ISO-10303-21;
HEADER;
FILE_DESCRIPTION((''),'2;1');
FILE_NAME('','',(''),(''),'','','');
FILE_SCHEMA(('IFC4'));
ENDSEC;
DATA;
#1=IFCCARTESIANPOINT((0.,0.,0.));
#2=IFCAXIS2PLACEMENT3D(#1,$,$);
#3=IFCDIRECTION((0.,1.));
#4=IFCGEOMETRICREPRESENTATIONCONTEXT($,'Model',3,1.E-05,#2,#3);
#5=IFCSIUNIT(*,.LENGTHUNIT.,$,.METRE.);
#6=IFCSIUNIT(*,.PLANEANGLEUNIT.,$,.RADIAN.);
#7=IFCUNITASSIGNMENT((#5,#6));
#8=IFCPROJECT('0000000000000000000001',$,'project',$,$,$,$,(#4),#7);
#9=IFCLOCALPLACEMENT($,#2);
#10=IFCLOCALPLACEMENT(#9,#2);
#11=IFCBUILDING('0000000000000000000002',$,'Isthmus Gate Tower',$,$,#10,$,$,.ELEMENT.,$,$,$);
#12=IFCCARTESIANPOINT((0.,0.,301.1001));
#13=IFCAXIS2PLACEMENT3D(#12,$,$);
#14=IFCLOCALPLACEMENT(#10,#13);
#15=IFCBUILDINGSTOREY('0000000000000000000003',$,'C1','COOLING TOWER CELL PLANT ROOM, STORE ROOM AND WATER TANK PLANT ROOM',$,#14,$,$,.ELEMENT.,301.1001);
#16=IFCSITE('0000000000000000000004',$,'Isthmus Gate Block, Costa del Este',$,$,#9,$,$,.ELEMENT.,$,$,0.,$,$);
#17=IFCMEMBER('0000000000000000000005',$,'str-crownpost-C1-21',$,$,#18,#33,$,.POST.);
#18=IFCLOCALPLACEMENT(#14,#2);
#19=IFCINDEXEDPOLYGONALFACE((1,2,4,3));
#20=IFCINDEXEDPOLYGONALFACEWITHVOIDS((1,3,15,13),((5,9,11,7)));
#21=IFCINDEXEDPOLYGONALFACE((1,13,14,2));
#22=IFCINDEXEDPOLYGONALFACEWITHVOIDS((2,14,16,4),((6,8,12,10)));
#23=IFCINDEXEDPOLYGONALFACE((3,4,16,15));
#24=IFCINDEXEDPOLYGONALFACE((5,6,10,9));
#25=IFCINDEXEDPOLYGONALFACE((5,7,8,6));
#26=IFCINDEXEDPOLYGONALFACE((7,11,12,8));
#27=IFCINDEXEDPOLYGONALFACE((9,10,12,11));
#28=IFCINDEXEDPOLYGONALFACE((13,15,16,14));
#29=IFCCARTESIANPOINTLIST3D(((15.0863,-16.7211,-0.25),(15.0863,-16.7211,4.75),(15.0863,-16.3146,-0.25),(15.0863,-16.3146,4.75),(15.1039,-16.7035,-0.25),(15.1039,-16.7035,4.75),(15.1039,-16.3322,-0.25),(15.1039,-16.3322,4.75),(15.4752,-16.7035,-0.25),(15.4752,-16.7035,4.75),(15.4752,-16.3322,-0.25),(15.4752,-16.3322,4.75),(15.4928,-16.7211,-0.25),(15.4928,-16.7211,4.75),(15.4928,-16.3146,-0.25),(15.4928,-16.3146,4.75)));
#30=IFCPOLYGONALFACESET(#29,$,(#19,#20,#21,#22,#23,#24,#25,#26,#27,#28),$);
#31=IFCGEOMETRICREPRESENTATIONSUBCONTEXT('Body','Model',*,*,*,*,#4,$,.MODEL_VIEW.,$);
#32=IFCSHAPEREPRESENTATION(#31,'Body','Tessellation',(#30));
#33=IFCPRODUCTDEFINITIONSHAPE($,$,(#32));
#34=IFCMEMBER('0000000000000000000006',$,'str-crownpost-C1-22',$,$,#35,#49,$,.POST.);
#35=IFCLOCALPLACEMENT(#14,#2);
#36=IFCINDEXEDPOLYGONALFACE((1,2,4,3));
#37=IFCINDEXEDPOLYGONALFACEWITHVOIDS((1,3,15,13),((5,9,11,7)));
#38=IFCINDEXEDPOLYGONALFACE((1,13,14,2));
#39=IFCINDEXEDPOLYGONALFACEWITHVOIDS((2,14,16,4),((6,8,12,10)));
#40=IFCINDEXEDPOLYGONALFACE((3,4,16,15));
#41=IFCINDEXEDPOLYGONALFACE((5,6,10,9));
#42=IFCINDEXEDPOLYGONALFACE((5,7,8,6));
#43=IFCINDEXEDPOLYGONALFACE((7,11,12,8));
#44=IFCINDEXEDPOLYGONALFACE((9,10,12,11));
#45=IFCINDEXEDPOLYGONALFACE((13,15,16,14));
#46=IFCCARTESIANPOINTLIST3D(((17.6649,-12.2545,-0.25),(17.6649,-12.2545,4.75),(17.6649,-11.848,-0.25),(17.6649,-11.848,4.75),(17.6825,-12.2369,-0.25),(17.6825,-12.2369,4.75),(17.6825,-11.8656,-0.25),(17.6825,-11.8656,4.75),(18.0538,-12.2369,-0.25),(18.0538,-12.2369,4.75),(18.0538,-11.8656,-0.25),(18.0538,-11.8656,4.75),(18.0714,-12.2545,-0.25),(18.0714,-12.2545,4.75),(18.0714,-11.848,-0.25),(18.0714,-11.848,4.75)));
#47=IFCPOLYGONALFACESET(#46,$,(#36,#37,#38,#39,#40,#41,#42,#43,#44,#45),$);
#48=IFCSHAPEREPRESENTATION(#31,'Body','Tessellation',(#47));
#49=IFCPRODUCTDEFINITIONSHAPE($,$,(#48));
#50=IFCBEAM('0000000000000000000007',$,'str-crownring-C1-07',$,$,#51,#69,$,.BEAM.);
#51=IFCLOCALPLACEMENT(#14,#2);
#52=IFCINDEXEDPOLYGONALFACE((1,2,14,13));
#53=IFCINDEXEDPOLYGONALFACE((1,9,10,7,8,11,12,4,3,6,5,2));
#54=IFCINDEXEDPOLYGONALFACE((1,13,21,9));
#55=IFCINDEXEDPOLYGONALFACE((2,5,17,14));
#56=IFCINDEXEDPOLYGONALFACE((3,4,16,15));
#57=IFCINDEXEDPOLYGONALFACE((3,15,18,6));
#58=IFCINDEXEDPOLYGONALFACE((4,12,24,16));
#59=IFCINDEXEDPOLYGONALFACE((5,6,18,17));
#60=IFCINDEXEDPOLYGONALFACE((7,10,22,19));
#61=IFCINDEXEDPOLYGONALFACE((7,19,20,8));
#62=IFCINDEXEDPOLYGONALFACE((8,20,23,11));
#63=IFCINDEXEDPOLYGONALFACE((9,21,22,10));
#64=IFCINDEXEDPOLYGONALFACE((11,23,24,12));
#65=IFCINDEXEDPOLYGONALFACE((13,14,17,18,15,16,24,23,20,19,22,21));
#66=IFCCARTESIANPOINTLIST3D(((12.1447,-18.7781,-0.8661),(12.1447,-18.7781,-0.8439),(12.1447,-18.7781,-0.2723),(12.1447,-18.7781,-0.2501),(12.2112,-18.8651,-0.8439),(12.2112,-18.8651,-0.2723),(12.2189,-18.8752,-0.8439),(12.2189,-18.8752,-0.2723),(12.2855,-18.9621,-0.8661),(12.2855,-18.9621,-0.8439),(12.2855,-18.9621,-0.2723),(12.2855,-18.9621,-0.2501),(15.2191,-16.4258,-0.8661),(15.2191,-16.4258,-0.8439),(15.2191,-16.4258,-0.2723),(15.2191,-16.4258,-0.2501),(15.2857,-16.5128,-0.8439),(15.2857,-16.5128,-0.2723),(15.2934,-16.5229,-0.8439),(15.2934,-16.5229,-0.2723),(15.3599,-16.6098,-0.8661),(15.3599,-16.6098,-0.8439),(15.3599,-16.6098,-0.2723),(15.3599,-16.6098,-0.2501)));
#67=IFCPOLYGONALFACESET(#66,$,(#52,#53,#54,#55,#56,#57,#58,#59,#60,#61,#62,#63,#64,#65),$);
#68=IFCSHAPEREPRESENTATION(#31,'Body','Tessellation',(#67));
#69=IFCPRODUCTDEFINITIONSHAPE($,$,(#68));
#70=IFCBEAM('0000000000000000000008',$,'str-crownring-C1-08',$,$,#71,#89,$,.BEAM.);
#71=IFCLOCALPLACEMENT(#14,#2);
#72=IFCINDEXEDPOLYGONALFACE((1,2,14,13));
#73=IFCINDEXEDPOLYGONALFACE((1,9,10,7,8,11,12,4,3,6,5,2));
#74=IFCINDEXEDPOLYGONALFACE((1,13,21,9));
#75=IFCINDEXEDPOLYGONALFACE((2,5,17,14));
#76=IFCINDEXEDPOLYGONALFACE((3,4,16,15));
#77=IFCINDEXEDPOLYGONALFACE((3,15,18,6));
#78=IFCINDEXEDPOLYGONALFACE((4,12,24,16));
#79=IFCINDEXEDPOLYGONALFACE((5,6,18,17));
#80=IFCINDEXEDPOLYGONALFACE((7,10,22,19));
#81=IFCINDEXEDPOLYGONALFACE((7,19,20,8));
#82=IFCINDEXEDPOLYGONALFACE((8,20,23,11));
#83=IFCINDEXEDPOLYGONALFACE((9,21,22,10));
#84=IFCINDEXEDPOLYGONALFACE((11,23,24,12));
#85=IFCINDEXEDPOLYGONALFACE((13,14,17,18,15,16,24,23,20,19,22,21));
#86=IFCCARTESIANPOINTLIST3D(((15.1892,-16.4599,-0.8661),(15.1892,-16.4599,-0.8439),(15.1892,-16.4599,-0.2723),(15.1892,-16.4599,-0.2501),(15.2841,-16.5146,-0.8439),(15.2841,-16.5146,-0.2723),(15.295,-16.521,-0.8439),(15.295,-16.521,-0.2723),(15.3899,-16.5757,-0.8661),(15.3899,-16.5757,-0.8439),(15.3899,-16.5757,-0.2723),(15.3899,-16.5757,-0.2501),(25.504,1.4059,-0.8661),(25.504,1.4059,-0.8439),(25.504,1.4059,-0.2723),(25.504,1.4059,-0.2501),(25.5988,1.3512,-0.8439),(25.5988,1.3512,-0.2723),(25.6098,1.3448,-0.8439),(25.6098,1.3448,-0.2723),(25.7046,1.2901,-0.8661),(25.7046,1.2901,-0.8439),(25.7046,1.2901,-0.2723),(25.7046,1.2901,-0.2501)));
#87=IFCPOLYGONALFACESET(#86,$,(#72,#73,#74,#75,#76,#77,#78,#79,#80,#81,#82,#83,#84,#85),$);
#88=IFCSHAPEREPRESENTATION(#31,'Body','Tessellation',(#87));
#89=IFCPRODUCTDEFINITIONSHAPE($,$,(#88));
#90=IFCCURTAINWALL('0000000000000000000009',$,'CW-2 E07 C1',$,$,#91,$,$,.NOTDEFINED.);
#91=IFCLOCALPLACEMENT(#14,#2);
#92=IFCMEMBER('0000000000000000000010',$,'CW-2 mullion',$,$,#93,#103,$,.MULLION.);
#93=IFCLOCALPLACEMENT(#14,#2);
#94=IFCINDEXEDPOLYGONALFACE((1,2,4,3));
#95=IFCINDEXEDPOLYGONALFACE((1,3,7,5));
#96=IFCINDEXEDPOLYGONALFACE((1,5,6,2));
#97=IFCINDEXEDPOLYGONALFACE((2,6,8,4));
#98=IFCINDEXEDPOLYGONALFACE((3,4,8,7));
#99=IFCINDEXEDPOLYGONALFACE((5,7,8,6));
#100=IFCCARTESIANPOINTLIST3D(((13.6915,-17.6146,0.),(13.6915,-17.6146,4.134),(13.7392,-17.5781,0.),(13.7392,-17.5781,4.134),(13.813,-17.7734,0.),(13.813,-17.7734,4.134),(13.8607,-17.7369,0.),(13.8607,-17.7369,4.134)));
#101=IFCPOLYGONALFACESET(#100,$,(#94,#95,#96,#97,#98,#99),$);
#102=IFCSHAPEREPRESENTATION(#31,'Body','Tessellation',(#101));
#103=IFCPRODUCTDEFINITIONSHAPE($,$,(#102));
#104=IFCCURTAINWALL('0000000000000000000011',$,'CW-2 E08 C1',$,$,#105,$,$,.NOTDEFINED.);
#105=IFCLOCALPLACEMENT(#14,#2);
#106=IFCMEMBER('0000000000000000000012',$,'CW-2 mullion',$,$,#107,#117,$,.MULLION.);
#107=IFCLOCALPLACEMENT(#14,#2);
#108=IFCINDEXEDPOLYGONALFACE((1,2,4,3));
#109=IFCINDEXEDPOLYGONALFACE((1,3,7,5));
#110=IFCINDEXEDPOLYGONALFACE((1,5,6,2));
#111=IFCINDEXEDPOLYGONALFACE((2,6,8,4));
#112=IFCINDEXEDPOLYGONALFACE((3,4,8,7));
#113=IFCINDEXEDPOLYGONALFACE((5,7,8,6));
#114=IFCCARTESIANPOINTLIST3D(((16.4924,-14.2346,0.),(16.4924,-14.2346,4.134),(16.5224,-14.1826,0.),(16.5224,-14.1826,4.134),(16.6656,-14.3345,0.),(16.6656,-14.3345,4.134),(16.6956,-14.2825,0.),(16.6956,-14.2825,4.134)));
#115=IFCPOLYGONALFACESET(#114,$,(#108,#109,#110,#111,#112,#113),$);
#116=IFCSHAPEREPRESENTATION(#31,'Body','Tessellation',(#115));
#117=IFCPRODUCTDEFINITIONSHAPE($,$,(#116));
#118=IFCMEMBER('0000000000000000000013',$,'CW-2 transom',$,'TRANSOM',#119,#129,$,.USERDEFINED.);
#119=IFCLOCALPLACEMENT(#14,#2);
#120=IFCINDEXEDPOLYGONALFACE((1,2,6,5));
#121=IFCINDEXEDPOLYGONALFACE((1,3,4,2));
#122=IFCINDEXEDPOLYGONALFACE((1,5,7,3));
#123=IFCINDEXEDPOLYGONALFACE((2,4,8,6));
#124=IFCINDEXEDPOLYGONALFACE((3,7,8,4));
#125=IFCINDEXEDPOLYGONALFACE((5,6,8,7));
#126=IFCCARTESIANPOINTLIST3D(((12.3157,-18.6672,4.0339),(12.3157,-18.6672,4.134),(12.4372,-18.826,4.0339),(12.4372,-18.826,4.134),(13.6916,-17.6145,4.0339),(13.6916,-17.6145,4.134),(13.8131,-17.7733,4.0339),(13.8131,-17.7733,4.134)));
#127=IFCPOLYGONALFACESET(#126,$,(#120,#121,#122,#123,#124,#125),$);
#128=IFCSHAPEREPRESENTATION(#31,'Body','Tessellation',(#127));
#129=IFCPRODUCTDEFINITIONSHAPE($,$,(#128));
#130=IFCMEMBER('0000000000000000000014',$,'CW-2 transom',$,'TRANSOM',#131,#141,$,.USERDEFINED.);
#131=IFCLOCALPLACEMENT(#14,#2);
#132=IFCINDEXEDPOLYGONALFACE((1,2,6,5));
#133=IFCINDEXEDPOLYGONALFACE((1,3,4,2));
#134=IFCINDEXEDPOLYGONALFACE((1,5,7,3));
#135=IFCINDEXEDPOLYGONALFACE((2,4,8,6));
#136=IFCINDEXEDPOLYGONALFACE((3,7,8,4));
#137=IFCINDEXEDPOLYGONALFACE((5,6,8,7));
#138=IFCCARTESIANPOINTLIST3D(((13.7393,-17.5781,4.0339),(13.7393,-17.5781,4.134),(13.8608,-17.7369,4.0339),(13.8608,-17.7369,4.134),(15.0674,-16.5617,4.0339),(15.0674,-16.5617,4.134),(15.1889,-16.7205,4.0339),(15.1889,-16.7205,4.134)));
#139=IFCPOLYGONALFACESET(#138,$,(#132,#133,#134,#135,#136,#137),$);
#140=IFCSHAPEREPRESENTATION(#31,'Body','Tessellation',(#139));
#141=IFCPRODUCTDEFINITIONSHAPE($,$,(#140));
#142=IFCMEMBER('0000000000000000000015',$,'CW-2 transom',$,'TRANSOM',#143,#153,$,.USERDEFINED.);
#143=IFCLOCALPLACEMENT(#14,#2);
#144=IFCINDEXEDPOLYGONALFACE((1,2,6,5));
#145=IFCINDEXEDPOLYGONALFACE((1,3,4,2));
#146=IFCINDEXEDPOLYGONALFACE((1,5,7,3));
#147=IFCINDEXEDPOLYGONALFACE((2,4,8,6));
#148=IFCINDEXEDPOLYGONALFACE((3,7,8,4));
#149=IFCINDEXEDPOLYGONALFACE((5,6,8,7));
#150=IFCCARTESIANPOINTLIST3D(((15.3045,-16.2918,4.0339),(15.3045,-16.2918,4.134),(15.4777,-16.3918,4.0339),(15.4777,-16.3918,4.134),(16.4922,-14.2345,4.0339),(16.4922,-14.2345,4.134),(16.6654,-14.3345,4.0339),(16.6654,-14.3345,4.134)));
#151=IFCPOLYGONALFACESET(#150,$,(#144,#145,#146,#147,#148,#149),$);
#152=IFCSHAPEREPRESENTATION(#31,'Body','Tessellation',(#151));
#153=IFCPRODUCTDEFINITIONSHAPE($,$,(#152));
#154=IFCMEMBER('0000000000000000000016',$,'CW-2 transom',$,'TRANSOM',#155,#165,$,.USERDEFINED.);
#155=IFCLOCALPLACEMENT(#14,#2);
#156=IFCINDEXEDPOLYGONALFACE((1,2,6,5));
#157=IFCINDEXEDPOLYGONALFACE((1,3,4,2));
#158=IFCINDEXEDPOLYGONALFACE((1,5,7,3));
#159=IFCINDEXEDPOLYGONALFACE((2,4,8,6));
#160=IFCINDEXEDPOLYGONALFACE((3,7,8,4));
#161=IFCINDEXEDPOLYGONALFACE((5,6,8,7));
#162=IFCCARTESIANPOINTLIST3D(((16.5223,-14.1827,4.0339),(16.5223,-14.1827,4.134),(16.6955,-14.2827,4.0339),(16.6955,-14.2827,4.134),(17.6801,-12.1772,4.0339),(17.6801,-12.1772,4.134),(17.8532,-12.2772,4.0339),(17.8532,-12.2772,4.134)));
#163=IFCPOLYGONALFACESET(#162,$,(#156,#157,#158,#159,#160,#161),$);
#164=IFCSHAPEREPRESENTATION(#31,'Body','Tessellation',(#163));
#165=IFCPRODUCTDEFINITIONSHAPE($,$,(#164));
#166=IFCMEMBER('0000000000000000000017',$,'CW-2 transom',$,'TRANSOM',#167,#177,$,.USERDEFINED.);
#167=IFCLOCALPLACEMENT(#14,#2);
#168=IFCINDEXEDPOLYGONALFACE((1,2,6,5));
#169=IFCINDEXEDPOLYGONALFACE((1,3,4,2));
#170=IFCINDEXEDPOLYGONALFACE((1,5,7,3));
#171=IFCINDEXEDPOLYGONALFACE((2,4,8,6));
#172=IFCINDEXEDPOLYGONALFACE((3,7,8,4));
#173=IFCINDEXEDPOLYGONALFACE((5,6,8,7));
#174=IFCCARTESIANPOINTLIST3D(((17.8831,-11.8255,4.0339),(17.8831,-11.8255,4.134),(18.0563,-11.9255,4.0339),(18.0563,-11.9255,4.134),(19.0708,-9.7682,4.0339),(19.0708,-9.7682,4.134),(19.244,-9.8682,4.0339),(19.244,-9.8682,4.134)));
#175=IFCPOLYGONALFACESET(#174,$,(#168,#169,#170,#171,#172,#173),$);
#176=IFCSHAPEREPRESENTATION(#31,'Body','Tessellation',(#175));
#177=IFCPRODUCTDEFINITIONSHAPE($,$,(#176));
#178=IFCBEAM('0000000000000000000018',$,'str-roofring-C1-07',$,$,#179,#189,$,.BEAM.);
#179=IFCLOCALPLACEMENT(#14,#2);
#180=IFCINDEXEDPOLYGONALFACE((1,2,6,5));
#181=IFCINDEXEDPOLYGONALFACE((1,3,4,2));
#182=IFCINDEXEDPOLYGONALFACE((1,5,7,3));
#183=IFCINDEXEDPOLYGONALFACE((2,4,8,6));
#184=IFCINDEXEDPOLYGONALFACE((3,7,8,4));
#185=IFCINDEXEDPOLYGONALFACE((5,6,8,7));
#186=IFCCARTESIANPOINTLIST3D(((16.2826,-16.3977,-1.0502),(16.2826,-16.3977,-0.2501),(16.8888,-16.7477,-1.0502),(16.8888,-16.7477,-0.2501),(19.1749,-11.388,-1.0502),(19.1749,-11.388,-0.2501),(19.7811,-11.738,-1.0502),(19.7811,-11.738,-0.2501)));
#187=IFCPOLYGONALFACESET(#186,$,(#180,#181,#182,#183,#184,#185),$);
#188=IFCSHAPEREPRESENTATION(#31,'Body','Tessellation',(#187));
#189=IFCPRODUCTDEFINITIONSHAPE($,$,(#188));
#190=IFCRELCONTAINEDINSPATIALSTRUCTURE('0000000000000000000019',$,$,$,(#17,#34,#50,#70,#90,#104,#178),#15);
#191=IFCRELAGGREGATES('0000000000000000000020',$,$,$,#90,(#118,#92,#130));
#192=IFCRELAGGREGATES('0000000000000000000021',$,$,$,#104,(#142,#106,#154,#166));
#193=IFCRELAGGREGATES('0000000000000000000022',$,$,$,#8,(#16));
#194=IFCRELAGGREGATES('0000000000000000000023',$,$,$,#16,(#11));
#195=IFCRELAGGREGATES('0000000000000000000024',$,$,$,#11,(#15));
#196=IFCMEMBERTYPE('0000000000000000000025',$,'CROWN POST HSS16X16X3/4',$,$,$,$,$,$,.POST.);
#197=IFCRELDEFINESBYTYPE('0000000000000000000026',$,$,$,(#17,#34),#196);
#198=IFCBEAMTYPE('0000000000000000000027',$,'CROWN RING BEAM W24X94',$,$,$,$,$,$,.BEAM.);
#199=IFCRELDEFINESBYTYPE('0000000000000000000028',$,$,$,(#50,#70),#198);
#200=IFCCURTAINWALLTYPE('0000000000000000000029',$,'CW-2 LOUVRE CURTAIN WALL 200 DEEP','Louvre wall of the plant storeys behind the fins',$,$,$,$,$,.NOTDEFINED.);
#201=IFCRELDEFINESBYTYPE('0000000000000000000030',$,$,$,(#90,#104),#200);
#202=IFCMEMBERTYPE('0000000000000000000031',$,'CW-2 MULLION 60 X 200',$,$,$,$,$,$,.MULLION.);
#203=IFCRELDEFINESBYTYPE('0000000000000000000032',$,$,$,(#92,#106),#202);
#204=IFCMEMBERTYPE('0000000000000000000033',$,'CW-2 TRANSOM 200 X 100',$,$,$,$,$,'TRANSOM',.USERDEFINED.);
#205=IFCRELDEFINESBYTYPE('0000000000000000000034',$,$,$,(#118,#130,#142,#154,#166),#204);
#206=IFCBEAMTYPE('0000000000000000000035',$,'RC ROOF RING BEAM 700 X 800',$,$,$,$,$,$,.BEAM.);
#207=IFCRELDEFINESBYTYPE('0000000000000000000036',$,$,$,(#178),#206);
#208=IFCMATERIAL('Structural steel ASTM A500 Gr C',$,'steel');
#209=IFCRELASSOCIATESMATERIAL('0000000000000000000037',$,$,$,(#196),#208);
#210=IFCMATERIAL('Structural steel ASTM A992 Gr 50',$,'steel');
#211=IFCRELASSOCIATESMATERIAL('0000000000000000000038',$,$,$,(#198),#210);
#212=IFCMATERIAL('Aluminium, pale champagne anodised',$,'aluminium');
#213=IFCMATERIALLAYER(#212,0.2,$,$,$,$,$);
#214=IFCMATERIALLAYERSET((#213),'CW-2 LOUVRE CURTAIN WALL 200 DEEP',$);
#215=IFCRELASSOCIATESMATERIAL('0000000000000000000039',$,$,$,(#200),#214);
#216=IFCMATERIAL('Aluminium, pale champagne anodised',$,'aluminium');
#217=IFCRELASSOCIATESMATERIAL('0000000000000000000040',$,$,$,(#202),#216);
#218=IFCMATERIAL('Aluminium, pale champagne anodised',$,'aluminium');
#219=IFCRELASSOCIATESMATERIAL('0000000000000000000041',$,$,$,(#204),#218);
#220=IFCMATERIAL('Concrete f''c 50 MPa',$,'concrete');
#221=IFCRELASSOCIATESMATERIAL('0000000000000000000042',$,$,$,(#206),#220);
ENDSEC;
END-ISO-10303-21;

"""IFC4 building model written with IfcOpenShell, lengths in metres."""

from ifc_helpers import new_model, si_unit, direction, frame, origin, origin_2d, place, context, subcontext, project, spatial, rectangle, hollow_rectangle, i_section, extrude, material, layer, layer_set, material_profile, profile_set, type_object, element, aggregate, save


model = new_model("IFC4")

# Units and contexts
model_context = context("Model", 3, precision=1e-05, world=origin(), true_north=direction((0.0, 1.0)))
body_context = subcontext(model_context, "Body", "Model", "MODEL_VIEW")
ifc_project = project(units=[si_unit("LENGTHUNIT", "METRE"), si_unit("PLANEANGLEUNIT", "RADIAN")], contexts=[model_context])

# Site, building, storey
site_placement = place(None, origin())
site = spatial("IfcSite", under=ifc_project, at=site_placement, Name="Isthmus Gate Block, Costa del Este", CompositionType="ELEMENT", RefElevation=0.0)
building_placement = place(site_placement, origin())
building = spatial("IfcBuilding", under=site, at=building_placement, Name="Isthmus Gate Tower", CompositionType="ELEMENT")
storey_placement = place(building_placement, frame((0.0, 0.0, 301.1001)))
storey = spatial("IfcBuildingStorey", under=building, at=storey_placement, Name="C1", Description="COOLING TOWER CELL PLANT ROOM, STORE ROOM AND WATER TANK PLANT ROOM", CompositionType="ELEMENT", Elevation=301.1001)

# Members
ifc_material_1 = material(Name="Structural steel ASTM A500 Gr C", Category="steel")
ifc_material_profile_1 = material_profile(ifc_material_1, hollow_rectangle(XDim=0.4065, YDim=0.4065, WallThickness=0.0176, at=origin_2d()), Name="HSS16X16X3/4")
ifc_profile_set_1 = profile_set([ifc_material_profile_1], Name="Structural steel ASTM A500 Gr C")
member_type_1 = type_object("IfcMemberType", Name="CROWN POST HSS16X16X3/4", PredefinedType="POST", material=ifc_profile_set_1)
for number, where, z_axis, x_axis, name in (
    (1, (15.2896, -16.5178, -0.25), (0.0, 0.0, 1.0), (1.0, 0.0, 0.0), "str-crownpost-C1-21"),
    (2, (17.8682, -12.0513, -0.25), (0.0, 0.0, 1.0), (1.0, 0.0, 0.0), "str-crownpost-C1-22"),
):
    element("IfcMember", number, at=place(storey_placement, frame(where, z_axis=z_axis, x_axis=x_axis)), inside=storey, type_object=member_type_1, Name=name, PredefinedType="POST", context=body_context, shape_type="SweptSolid", body=[
        extrude(hollow_rectangle(XDim=0.4065, YDim=0.4065, WallThickness=0.0176, at=origin_2d()), origin(), (0.0, 0.0, 1.0), 5.0),
    ])

# Beams
ifc_material_2 = material(Name="Structural steel ASTM A992 Gr 50", Category="steel")
ifc_material_profile_2 = material_profile(ifc_material_2, i_section(OverallWidth=0.2317, OverallDepth=0.616, WebThickness=0.0127, FlangeThickness=0.0222, at=origin_2d()), Name="W24X94")
ifc_profile_set_2 = profile_set([ifc_material_profile_2], Name="Structural steel ASTM A992 Gr 50")
beam_type_1 = type_object("IfcBeamType", Name="CROWN RING BEAM W24X94", PredefinedType="BEAM", material=ifc_profile_set_2)
beam_1_placement = place(storey_placement, frame((12.2151, -18.8701, -0.5581), z_axis=(0.794204, 0.607651, 0.0), x_axis=(-0.607651, 0.794204, 0.0)))
element("IfcBeam", 3, at=beam_1_placement, inside=storey, type_object=beam_type_1, Name="str-crownring-C1-07", PredefinedType="BEAM", context=body_context, shape_type="SweptSolid", body=[
    extrude(i_section(OverallWidth=0.2317, OverallDepth=0.616, WebThickness=0.0127, FlangeThickness=0.0222, at=origin_2d()), origin(), (0.0, 0.0, 1.0), 3.8711),
])
beam_2_placement = place(storey_placement, frame((15.2896, -16.5178, -0.5581), z_axis=(0.499997, 0.866027, 0.0), x_axis=(-0.866027, 0.499997, 0.0)))
element("IfcBeam", 4, at=beam_2_placement, inside=storey, type_object=beam_type_1, Name="str-crownring-C1-08", PredefinedType="BEAM", context=body_context, shape_type="SweptSolid", body=[
    extrude(i_section(OverallWidth=0.2317, OverallDepth=0.616, WebThickness=0.0127, FlangeThickness=0.0222, at=origin_2d()), origin(), (0.0, 0.0, 1.0), 20.6296),
])

# Curtain walls, members
ifc_material_3 = material(Name="Aluminium, pale champagne anodised", Category="aluminium")
ifc_layer_1 = layer(ifc_material_3, 0.2)
ifc_layer_set_1 = layer_set([ifc_layer_1], Name="CW-2 LOUVRE CURTAIN WALL 200 DEEP")
curtain_wall_type = type_object("IfcCurtainWallType", Name="CW-2 LOUVRE CURTAIN WALL 200 DEEP", Description="Louvre wall of the plant storeys behind the fins", PredefinedType="NOTDEFINED", material=ifc_layer_set_1)
curtain_wall_1_placement = place(storey_placement, origin())
curtain_wall_1 = element("IfcCurtainWall", 5, at=curtain_wall_1_placement, inside=storey, type_object=curtain_wall_type, Name="CW-2 E07 C1", PredefinedType="NOTDEFINED")
ifc_material_4 = material(Name="Aluminium, pale champagne anodised", Category="aluminium")
ifc_material_profile_3 = material_profile(ifc_material_4, rectangle(XDim=0.0601, YDim=0.2, at=origin_2d()), Name="60x200")
ifc_profile_set_3 = profile_set([ifc_material_profile_3], Name="Aluminium, pale champagne anodised")
member_type_2 = type_object("IfcMemberType", Name="CW-2 MULLION 60 X 200", PredefinedType="MULLION", material=ifc_profile_set_3)
member_1_placement = place(storey_placement, frame((13.7761, -17.6758, 0.0), z_axis=(0.0, 0.0, 1.0), x_axis=(0.794189, 0.607671, 0.0)))
member_1 = element("IfcMember", 6, at=member_1_placement, type_object=member_type_2, Name="CW-2 mullion", PredefinedType="MULLION", context=body_context, shape_type="SweptSolid", body=[
    extrude(rectangle(XDim=0.0601, YDim=0.2, at=origin_2d()), origin(), (0.0, 0.0, 1.0), 4.134),
])
curtain_wall_2_placement = place(storey_placement, origin())
curtain_wall_2 = element("IfcCurtainWall", 7, at=curtain_wall_2_placement, inside=storey, type_object=curtain_wall_type, Name="CW-2 E08 C1", PredefinedType="NOTDEFINED")
member_2_placement = place(storey_placement, frame((16.594, -14.2585, 0.0), z_axis=(0.0, 0.0, 1.0), x_axis=(0.5, 0.866025, 0.0)))
member_2 = element("IfcMember", 8, at=member_2_placement, type_object=member_type_2, Name="CW-2 mullion", PredefinedType="MULLION", context=body_context, shape_type="SweptSolid", body=[
    extrude(rectangle(XDim=0.0601, YDim=0.2, at=origin_2d()), origin(), (0.0, 0.0, 1.0), 4.134),
])

# Members
ifc_material_5 = material(Name="Aluminium, pale champagne anodised", Category="aluminium")
ifc_material_profile_4 = material_profile(ifc_material_5, rectangle(XDim=0.2, YDim=0.1001, at=origin_2d()), Name="200x100")
ifc_profile_set_4 = profile_set([ifc_material_profile_4], Name="Aluminium, pale champagne anodised")
member_type_3 = type_object("IfcMemberType", Name="CW-2 TRANSOM 200 X 100", ElementType="TRANSOM", PredefinedType="USERDEFINED", material=ifc_profile_set_4)
member_3_placement = place(storey_placement, frame((12.3765, -18.7466, 4.084), z_axis=(0.794214, 0.607638, 0.0), x_axis=(-0.607638, 0.794214, 0.0)))
member_3 = element("IfcMember", 9, at=member_3_placement, type_object=member_type_3, Name="CW-2 transom", ObjectType="TRANSOM", PredefinedType="USERDEFINED", context=body_context, shape_type="SweptSolid", body=[
    extrude(rectangle(XDim=0.2, YDim=0.1001, at=origin_2d()), origin(), (0.0, 0.0, 1.0), 1.7324),
])
member_4_placement = place(storey_placement, frame((13.8, -17.6575, 4.084), z_axis=(0.794146, 0.607726, 0.0), x_axis=(-0.607726, 0.794146, 0.0)))
member_4 = element("IfcMember", 10, at=member_4_placement, type_object=member_type_3, Name="CW-2 transom", ObjectType="TRANSOM", PredefinedType="USERDEFINED", context=body_context, shape_type="SweptSolid", body=[
    extrude(rectangle(XDim=0.2, YDim=0.1001, at=origin_2d()), origin(), (0.0, 0.0, 1.0), 1.6724),
])
member_5_placement = place(storey_placement, frame((15.3911, -16.3418, 4.084), z_axis=(0.499975, 0.86604, 0.0), x_axis=(-0.86604, 0.499975, 0.0)))
member_5 = element("IfcMember", 11, at=member_5_placement, type_object=member_type_3, Name="CW-2 transom", ObjectType="TRANSOM", PredefinedType="USERDEFINED", context=body_context, shape_type="SweptSolid", body=[
    extrude(rectangle(XDim=0.2, YDim=0.1001, at=origin_2d()), origin(), (0.0, 0.0, 1.0), 2.3755),
])
member_6_placement = place(storey_placement, frame((16.6089, -14.2327, 4.084), z_axis=(0.499972, 0.866042, 0.0), x_axis=(-0.866042, 0.499972, 0.0)))
member_6 = element("IfcMember", 12, at=member_6_placement, type_object=member_type_3, Name="CW-2 transom", ObjectType="TRANSOM", PredefinedType="USERDEFINED", context=body_context, shape_type="SweptSolid", body=[
    extrude(rectangle(XDim=0.2, YDim=0.1001, at=origin_2d()), origin(), (0.0, 0.0, 1.0), 2.3157),
])
member_7_placement = place(storey_placement, frame((17.9697, -11.8755, 4.084), z_axis=(0.499975, 0.86604, 0.0), x_axis=(-0.86604, 0.499975, 0.0)))
member_7 = element("IfcMember", 13, at=member_7_placement, type_object=member_type_3, Name="CW-2 transom", ObjectType="TRANSOM", PredefinedType="USERDEFINED", context=body_context, shape_type="SweptSolid", body=[
    extrude(rectangle(XDim=0.2, YDim=0.1001, at=origin_2d()), origin(), (0.0, 0.0, 1.0), 2.3755),
])

# Beam
ifc_material_6 = material(Name="Concrete f'c 50 MPa", Category="concrete")
ifc_material_profile_5 = material_profile(ifc_material_6, rectangle(XDim=0.7, YDim=0.8, at=origin_2d()), Name="RC 700X800")
ifc_profile_set_5 = profile_set([ifc_material_profile_5], Name="Concrete f'c 50 MPa")
beam_type_2 = type_object("IfcBeamType", Name="RC ROOF RING BEAM 700 X 800", PredefinedType="BEAM", material=ifc_profile_set_5)
beam_3_placement = place(storey_placement, frame((19.478, -11.563, -0.6501), z_axis=(-0.499993, -0.86603, 0.0), x_axis=(0.86603, -0.499993, 0.0)))
element("IfcBeam", 14, at=beam_3_placement, inside=storey, type_object=beam_type_2, Name="str-roofring-C1-07", PredefinedType="BEAM", context=body_context, shape_type="SweptSolid", body=[
    extrude(rectangle(XDim=0.7, YDim=0.8, at=origin_2d()), origin(), (0.0, 0.0, 1.0), 5.7847),
])

aggregate(curtain_wall_1, [member_3, member_1, member_4])
aggregate(curtain_wall_2, [member_5, member_2, member_6, member_7])

save(model, "model.ifc")
